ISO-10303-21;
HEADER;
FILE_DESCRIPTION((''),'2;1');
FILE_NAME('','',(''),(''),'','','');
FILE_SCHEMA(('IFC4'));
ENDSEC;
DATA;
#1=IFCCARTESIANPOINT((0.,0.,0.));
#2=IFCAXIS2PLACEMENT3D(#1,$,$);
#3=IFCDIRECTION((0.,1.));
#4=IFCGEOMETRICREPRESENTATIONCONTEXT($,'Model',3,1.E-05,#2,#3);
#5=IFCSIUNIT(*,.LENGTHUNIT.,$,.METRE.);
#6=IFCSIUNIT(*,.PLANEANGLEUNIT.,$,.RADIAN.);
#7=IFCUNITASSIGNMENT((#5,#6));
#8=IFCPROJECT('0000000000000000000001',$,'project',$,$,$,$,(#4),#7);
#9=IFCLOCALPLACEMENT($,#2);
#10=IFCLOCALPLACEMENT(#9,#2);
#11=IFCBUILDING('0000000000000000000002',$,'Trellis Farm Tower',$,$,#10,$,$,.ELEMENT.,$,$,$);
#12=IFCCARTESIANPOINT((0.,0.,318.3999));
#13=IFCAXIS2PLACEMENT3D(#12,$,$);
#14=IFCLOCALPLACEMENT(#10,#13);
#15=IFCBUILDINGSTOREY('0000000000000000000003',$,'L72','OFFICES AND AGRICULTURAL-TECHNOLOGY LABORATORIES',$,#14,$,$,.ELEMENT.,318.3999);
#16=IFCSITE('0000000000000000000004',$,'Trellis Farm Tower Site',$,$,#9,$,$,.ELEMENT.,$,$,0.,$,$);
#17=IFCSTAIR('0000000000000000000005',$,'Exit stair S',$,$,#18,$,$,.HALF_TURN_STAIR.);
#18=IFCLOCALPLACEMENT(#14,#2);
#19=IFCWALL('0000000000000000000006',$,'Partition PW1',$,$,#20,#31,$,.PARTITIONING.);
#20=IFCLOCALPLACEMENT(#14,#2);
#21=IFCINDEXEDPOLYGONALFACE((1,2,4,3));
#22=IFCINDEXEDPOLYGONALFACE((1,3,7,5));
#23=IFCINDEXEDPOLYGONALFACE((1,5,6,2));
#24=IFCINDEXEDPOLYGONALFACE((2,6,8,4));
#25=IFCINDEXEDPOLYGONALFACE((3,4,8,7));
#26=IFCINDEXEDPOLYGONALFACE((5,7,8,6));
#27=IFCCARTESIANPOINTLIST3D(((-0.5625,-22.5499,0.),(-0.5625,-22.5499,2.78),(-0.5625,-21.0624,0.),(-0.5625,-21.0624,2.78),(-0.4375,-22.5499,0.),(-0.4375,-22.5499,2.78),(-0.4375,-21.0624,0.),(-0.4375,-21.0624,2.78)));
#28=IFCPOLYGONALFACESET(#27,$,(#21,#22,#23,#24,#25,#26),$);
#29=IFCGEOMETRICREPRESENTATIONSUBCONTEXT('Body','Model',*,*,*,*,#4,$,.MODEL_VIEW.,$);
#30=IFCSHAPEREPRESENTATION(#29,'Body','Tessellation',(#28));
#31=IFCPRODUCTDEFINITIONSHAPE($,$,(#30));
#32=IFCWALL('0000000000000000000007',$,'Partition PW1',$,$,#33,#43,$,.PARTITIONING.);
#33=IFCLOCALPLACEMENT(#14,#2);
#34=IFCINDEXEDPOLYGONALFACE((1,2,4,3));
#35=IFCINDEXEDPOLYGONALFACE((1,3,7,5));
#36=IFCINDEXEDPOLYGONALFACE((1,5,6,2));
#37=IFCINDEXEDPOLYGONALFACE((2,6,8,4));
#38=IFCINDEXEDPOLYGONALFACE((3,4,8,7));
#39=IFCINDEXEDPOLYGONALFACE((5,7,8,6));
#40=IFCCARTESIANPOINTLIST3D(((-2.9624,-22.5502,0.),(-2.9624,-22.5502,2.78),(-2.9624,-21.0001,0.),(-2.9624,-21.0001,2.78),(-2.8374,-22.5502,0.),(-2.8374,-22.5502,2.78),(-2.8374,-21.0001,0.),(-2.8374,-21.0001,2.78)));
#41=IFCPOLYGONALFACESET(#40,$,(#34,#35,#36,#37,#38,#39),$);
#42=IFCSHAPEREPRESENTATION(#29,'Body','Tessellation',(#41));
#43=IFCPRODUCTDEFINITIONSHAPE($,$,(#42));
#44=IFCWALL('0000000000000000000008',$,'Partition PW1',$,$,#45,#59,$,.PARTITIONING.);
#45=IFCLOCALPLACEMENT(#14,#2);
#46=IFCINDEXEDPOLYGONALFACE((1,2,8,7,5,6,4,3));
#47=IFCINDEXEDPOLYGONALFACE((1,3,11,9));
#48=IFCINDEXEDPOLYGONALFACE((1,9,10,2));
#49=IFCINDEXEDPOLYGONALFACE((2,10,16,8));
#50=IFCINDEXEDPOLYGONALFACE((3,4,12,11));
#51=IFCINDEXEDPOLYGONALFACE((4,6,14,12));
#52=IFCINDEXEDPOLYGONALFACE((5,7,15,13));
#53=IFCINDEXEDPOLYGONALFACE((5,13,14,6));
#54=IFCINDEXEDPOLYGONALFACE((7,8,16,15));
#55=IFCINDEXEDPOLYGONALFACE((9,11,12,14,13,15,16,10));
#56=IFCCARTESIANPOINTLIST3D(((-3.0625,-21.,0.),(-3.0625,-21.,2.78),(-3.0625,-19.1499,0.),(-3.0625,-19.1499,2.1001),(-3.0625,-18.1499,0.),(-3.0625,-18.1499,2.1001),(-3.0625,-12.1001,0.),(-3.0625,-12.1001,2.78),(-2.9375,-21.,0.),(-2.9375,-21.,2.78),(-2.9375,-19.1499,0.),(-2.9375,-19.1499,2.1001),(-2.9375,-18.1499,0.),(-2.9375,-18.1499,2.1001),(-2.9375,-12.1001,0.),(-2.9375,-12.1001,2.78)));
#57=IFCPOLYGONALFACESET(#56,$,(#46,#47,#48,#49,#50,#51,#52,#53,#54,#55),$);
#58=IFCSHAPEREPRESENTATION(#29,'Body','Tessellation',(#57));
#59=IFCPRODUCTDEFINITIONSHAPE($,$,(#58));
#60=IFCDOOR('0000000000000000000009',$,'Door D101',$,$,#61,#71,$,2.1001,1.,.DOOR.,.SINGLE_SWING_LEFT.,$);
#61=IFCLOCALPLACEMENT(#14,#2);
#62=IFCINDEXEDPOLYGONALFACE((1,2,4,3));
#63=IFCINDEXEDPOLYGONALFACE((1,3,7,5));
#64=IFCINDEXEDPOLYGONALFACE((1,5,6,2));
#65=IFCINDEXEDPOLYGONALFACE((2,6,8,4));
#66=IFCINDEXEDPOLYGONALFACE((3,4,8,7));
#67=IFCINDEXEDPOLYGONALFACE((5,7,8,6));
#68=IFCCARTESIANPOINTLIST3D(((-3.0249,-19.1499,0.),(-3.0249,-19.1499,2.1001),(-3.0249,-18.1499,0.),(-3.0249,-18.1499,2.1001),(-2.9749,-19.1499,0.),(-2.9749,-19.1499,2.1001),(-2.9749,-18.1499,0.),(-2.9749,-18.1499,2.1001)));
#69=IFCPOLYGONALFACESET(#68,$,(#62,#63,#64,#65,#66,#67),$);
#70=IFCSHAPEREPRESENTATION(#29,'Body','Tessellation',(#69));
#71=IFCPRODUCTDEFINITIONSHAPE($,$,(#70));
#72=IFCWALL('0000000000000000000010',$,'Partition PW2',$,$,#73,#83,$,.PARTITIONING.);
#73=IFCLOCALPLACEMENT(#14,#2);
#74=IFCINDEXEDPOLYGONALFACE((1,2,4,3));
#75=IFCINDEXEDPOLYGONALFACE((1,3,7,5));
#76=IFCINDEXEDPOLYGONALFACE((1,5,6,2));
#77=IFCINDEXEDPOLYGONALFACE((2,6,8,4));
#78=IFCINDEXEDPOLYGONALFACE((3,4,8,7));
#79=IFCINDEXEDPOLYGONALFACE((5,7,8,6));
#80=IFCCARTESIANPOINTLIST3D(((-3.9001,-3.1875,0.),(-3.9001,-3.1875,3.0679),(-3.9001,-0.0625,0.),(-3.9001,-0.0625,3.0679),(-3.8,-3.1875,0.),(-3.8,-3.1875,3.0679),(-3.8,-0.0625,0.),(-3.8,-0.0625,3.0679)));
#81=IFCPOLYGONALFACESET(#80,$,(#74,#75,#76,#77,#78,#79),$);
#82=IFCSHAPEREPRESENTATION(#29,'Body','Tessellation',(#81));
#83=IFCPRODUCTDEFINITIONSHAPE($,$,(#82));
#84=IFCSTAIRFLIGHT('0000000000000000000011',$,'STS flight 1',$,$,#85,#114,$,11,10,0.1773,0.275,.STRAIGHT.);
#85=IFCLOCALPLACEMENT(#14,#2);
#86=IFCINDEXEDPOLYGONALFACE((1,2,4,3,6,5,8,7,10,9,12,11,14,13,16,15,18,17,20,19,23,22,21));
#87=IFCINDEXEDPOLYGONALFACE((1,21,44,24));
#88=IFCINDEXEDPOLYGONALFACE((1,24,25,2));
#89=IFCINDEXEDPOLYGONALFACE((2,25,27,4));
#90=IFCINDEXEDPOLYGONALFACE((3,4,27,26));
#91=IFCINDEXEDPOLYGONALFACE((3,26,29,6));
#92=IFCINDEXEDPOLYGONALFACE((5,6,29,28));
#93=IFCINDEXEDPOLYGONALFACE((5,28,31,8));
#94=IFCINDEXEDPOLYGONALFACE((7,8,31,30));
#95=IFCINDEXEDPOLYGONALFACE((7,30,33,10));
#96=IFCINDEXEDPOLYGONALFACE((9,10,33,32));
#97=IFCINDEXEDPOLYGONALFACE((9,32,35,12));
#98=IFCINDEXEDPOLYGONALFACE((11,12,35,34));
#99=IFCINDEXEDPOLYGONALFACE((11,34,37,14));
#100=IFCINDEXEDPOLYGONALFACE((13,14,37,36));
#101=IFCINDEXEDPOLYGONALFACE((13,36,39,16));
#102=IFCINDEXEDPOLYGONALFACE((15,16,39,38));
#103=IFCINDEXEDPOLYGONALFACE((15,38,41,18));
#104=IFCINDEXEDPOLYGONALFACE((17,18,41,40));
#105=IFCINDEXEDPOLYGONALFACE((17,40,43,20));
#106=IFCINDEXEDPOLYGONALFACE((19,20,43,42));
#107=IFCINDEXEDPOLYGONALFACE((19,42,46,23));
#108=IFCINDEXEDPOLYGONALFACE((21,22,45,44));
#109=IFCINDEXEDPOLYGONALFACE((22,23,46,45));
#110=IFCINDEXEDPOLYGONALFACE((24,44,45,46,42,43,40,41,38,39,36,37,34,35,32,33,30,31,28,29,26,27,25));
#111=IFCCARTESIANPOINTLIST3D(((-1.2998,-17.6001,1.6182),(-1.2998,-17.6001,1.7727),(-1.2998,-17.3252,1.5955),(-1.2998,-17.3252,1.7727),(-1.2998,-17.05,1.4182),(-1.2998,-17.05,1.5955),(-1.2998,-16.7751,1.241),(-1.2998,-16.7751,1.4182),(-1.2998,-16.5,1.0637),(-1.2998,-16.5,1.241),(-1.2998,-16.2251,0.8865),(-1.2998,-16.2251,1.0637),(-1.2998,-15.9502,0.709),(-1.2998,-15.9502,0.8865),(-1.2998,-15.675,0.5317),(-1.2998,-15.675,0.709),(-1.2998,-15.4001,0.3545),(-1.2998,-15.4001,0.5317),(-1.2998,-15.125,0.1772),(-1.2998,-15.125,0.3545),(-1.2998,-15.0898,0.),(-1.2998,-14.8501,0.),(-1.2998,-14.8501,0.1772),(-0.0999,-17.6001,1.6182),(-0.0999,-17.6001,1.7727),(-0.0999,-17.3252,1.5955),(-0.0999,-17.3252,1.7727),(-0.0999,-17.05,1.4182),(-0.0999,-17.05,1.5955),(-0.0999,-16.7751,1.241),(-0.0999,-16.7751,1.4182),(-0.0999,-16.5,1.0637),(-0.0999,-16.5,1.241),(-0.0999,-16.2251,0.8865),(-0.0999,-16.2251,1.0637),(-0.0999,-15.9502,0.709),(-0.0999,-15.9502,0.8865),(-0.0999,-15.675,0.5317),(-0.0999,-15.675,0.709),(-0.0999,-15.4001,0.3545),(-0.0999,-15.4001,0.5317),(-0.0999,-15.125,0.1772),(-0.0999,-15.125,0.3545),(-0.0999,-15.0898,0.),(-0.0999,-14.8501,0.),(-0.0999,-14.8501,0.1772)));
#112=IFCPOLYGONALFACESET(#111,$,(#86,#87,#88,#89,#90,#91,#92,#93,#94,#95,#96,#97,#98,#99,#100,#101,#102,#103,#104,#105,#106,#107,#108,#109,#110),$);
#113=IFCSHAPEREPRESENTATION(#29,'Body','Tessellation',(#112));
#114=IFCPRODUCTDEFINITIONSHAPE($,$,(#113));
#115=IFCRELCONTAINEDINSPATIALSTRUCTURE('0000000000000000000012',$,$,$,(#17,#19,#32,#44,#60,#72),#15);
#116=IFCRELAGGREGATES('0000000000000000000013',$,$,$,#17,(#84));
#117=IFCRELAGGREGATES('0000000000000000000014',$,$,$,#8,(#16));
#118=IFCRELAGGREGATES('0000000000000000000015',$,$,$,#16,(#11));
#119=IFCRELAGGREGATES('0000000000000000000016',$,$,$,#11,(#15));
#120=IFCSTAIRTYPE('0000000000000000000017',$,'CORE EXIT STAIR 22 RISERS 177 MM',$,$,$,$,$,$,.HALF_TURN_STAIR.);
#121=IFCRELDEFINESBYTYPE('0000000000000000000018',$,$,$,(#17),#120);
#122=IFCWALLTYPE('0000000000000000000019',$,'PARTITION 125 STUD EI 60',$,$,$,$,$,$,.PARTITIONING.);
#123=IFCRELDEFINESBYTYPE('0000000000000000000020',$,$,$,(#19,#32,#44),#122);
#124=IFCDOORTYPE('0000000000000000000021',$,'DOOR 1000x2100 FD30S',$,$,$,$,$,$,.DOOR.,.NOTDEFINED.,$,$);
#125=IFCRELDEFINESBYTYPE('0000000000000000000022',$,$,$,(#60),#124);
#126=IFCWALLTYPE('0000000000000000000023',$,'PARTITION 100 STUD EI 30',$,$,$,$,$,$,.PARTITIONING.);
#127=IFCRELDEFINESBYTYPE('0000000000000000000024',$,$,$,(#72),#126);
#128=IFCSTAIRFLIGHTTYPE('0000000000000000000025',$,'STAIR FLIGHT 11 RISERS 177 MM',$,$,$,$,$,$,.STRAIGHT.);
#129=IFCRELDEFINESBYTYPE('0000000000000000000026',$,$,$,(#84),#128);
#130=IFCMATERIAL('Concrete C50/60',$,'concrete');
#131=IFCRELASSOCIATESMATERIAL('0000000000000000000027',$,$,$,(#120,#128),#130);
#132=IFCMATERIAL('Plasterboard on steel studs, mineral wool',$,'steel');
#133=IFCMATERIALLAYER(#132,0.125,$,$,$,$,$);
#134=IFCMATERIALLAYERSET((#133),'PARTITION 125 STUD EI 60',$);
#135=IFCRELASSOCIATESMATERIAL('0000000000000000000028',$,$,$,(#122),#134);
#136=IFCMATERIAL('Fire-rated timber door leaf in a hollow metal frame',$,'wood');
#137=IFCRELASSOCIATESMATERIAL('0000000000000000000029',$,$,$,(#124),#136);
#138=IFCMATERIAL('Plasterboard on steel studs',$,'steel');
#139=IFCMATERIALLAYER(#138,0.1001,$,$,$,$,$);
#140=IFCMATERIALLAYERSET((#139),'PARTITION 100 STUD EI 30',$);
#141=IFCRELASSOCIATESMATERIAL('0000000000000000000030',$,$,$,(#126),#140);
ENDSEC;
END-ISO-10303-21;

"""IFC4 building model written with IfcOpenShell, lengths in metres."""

from ifc_helpers import new_model, si_unit, direction, frame, frame_2d, origin, place, context, subcontext, project, spatial, polyline, rectangle, outline, extrude, source, transform, mapped, material, layer, layer_set, type_object, element, fill, aggregate, save


model = new_model("IFC4")

# Units and contexts
model_context = context("Model", 3, precision=1e-05, world=origin(), true_north=direction((0.0, 1.0)))
body_context = subcontext(model_context, "Body", "Model", "MODEL_VIEW")
ifc_project = project(units=[si_unit("LENGTHUNIT", "METRE"), si_unit("PLANEANGLEUNIT", "RADIAN")], contexts=[model_context])

# Site, building, storey
site_placement = place(None, origin())
site = spatial("IfcSite", under=ifc_project, at=site_placement, Name="Trellis Farm Tower Site", CompositionType="ELEMENT", RefElevation=0.0)
building_placement = place(site_placement, origin())
building = spatial("IfcBuilding", under=site, at=building_placement, Name="Trellis Farm Tower", CompositionType="ELEMENT")
storey_placement = place(building_placement, frame((0.0, 0.0, 318.3999)))
storey = spatial("IfcBuildingStorey", under=building, at=storey_placement, Name="L72", Description="OFFICES AND AGRICULTURAL-TECHNOLOGY LABORATORIES", CompositionType="ELEMENT", Elevation=318.3999)

# Shared definitions
placement_1 = place(storey_placement, origin())

# Stair
ifc_material_1 = material(Name="Concrete C50/60", Category="concrete")
stair_type = type_object("IfcStairType", Name="CORE EXIT STAIR 22 RISERS 177 MM", PredefinedType="HALF_TURN_STAIR", material=ifc_material_1)
stair_1 = element("IfcStair", 1, at=placement_1, inside=storey, type_object=stair_type, Name="Exit stair S", PredefinedType="HALF_TURN_STAIR")

# Shared definitions
ifc_material_2 = material(Name="Plasterboard on steel studs, mineral wool", Category="steel")
ifc_layer_1 = layer(ifc_material_2, 0.125)
ifc_layer_set_1 = layer_set([ifc_layer_1], Name="PARTITION 125 STUD EI 60")
wall_type_1 = type_object("IfcWallType", Name="PARTITION 125 STUD EI 60", PredefinedType="PARTITIONING", material=ifc_layer_set_1)

# Shared definitions
shared_shape_1 = source(origin(), body_context, "Body", "SweptSolid", [
    extrude(rectangle(XDim=1.0, YDim=2.1001, at=frame_2d((0.5, 1.05))), frame((0.0, 0.0725, 0.0), z_axis=(0.0, -1.0, 0.0), x_axis=(1.0, 0.0, 0.0)), (0.0, 0.0, 1.0), 0.145),
])
ifc_material_3 = material(Name="Fire-rated timber door leaf in a hollow metal frame", Category="wood")
door_type = type_object("IfcDoorType", Name="DOOR 1000x2100 FD30S", OperationType="NOTDEFINED", PredefinedType="DOOR", material=ifc_material_3)
shared_shape_2 = source(origin(), body_context, "Body", "SweptSolid", [
    extrude(rectangle(XDim=1.0, YDim=2.1001, at=frame_2d((0.5, 1.05))), frame((0.0, 0.0249, 0.0), z_axis=(0.0, -1.0, 0.0), x_axis=(1.0, 0.0, 0.0)), (0.0, 0.0, 1.0), 0.05),
])

# Walls
shared_shape_3 = source(origin(), body_context, "Body", "SweptSolid", [
    extrude(rectangle(XDim=1.4875, YDim=0.125, at=frame_2d((0.7437, 0.0))), origin(), (0.0, 0.0, 1.0), 2.78),
])
wall_1_placement = place(storey_placement, frame((-0.5, -21.0625, 0.0), z_axis=(0.0, 0.0, 1.0), x_axis=(0.0, -1.0, 0.0)))
element("IfcWall", 2, at=wall_1_placement, inside=storey, type_object=wall_type_1, Name="Partition PW1", PredefinedType="PARTITIONING", context=body_context, shape_type="MappedRepresentation", body=[
    mapped(shared_shape_3, transform((0.0, 0.0, 0.0))),
])
shared_shape_4 = source(origin(), body_context, "Body", "SweptSolid", [
    extrude(rectangle(XDim=1.55, YDim=0.125, at=frame_2d((0.7749, 0.0))), origin(), (0.0, 0.0, 1.0), 2.78),
])
wall_2_placement = place(storey_placement, frame((-2.8999, -22.55, 0.0), z_axis=(0.0, 0.0, 1.0), x_axis=(0.0, 1.0, 0.0)))
element("IfcWall", 3, at=wall_2_placement, inside=storey, type_object=wall_type_1, Name="Partition PW1", PredefinedType="PARTITIONING", context=body_context, shape_type="MappedRepresentation", body=[
    mapped(shared_shape_4, transform((0.0, 0.0, 0.0))),
])

# Wall, opening, door
shared_shape_5 = source(origin(), body_context, "Body", "SweptSolid", [
    extrude(rectangle(XDim=8.8999, YDim=0.125, at=frame_2d((4.45, 0.0))), origin(), (0.0, 0.0, 1.0), 2.78),
])
wall_3_placement = place(storey_placement, frame((-3.0, -21.0, 0.0), z_axis=(0.0, 0.0, 1.0), x_axis=(0.0, 1.0, 0.0)))
wall_3 = element("IfcWall", 4, at=wall_3_placement, inside=storey, type_object=wall_type_1, Name="Partition PW1", PredefinedType="PARTITIONING", context=body_context, shape_type="MappedRepresentation", body=[
    mapped(shared_shape_5, transform((0.0, 0.0, 0.0))),
])
opening_1_placement = place(wall_3_placement, frame((1.8501, 0.0, 0.0)))
opening_1 = element("IfcOpeningElement", 5, at=opening_1_placement, cuts=wall_3, PredefinedType="OPENING", context=body_context, shape_type="MappedRepresentation", body=[
    mapped(shared_shape_1, transform((0.0, 0.0, 0.0))),
])
door_1_placement = place(opening_1_placement, origin())
door_1 = element("IfcDoor", 6, at=door_1_placement, inside=storey, type_object=door_type, Name="Door D101", OperationType="SINGLE_SWING_LEFT", OverallHeight=2.1001, OverallWidth=1.0, PredefinedType="DOOR", context=body_context, shape_type="MappedRepresentation", body=[
    mapped(shared_shape_2, transform((0.0, 0.0, 0.0))),
])
fill(opening_1, door_1)

# Wall
ifc_material_4 = material(Name="Plasterboard on steel studs", Category="steel")
ifc_layer_2 = layer(ifc_material_4, 0.1001)
ifc_layer_set_2 = layer_set([ifc_layer_2], Name="PARTITION 100 STUD EI 30")
wall_type_2 = type_object("IfcWallType", Name="PARTITION 100 STUD EI 30", PredefinedType="PARTITIONING", material=ifc_layer_set_2)
shared_shape_6 = source(origin(), body_context, "Body", "SweptSolid", [
    extrude(rectangle(XDim=3.125, YDim=0.1001, at=frame_2d((1.5625, 0.0))), origin(), (0.0, 0.0, 1.0), 3.0679),
])
wall_4_placement = place(storey_placement, frame((-3.8501, -3.1875, 0.0), z_axis=(0.0, 0.0, 1.0), x_axis=(0.0, 1.0, 0.0)))
element("IfcWall", 7, at=wall_4_placement, inside=storey, type_object=wall_type_2, Name="Partition PW2", PredefinedType="PARTITIONING", context=body_context, shape_type="MappedRepresentation", body=[
    mapped(shared_shape_6, transform((0.0, 0.0, 0.0))),
])

# Stair flight
stair_flight_type = type_object("IfcStairFlightType", Name="STAIR FLIGHT 11 RISERS 177 MM", PredefinedType="STRAIGHT", material=ifc_material_1)
shared_shape_7 = source(origin(), body_context, "Body", "SweptSolid", [
    extrude(outline(polyline([(0.0, 0.0), (0.0, 0.1772), (0.2749, 0.1772), (0.2749, 0.3545), (0.55, 0.3545), (0.55, 0.5317), (0.825, 0.5317), (0.825, 0.709), (1.1001, 0.709), (1.1001, 0.8865), (1.375, 0.8865), (1.375, 1.0637), (1.6499, 1.0637), (1.6499, 1.241), (1.925, 1.241), (1.925, 1.4182), (2.2, 1.4182), (2.2, 1.5955), (2.4751, 1.5955), (2.4751, 1.7727), (2.75, 1.7727), (2.75, 1.95), (2.75, 1.6182), (0.2397, 0.0), (0.0, 0.0)])), frame((0.0, 0.6001, 0.0), z_axis=(0.0, -1.0, 0.0), x_axis=(1.0, 0.0, 0.0)), (0.0, 0.0, 1.0), 1.2),
])
stair_flight_placement = place(storey_placement, frame((-0.7, -14.8501, 0.0), z_axis=(0.0, 0.0, 1.0), x_axis=(0.0, -1.0, 0.0)))
stair_flight = element("IfcStairFlight", 8, at=stair_flight_placement, type_object=stair_flight_type, Name="STS flight 1", NumberOfRisers=11, NumberOfTreads=10, PredefinedType="STRAIGHT", RiserHeight=0.1773, TreadLength=0.275, context=body_context, shape_type="MappedRepresentation", body=[
    mapped(shared_shape_7, transform((0.0, 0.0, 0.0))),
])
aggregate(stair_1, [stair_flight])

save(model, "model.ifc")
